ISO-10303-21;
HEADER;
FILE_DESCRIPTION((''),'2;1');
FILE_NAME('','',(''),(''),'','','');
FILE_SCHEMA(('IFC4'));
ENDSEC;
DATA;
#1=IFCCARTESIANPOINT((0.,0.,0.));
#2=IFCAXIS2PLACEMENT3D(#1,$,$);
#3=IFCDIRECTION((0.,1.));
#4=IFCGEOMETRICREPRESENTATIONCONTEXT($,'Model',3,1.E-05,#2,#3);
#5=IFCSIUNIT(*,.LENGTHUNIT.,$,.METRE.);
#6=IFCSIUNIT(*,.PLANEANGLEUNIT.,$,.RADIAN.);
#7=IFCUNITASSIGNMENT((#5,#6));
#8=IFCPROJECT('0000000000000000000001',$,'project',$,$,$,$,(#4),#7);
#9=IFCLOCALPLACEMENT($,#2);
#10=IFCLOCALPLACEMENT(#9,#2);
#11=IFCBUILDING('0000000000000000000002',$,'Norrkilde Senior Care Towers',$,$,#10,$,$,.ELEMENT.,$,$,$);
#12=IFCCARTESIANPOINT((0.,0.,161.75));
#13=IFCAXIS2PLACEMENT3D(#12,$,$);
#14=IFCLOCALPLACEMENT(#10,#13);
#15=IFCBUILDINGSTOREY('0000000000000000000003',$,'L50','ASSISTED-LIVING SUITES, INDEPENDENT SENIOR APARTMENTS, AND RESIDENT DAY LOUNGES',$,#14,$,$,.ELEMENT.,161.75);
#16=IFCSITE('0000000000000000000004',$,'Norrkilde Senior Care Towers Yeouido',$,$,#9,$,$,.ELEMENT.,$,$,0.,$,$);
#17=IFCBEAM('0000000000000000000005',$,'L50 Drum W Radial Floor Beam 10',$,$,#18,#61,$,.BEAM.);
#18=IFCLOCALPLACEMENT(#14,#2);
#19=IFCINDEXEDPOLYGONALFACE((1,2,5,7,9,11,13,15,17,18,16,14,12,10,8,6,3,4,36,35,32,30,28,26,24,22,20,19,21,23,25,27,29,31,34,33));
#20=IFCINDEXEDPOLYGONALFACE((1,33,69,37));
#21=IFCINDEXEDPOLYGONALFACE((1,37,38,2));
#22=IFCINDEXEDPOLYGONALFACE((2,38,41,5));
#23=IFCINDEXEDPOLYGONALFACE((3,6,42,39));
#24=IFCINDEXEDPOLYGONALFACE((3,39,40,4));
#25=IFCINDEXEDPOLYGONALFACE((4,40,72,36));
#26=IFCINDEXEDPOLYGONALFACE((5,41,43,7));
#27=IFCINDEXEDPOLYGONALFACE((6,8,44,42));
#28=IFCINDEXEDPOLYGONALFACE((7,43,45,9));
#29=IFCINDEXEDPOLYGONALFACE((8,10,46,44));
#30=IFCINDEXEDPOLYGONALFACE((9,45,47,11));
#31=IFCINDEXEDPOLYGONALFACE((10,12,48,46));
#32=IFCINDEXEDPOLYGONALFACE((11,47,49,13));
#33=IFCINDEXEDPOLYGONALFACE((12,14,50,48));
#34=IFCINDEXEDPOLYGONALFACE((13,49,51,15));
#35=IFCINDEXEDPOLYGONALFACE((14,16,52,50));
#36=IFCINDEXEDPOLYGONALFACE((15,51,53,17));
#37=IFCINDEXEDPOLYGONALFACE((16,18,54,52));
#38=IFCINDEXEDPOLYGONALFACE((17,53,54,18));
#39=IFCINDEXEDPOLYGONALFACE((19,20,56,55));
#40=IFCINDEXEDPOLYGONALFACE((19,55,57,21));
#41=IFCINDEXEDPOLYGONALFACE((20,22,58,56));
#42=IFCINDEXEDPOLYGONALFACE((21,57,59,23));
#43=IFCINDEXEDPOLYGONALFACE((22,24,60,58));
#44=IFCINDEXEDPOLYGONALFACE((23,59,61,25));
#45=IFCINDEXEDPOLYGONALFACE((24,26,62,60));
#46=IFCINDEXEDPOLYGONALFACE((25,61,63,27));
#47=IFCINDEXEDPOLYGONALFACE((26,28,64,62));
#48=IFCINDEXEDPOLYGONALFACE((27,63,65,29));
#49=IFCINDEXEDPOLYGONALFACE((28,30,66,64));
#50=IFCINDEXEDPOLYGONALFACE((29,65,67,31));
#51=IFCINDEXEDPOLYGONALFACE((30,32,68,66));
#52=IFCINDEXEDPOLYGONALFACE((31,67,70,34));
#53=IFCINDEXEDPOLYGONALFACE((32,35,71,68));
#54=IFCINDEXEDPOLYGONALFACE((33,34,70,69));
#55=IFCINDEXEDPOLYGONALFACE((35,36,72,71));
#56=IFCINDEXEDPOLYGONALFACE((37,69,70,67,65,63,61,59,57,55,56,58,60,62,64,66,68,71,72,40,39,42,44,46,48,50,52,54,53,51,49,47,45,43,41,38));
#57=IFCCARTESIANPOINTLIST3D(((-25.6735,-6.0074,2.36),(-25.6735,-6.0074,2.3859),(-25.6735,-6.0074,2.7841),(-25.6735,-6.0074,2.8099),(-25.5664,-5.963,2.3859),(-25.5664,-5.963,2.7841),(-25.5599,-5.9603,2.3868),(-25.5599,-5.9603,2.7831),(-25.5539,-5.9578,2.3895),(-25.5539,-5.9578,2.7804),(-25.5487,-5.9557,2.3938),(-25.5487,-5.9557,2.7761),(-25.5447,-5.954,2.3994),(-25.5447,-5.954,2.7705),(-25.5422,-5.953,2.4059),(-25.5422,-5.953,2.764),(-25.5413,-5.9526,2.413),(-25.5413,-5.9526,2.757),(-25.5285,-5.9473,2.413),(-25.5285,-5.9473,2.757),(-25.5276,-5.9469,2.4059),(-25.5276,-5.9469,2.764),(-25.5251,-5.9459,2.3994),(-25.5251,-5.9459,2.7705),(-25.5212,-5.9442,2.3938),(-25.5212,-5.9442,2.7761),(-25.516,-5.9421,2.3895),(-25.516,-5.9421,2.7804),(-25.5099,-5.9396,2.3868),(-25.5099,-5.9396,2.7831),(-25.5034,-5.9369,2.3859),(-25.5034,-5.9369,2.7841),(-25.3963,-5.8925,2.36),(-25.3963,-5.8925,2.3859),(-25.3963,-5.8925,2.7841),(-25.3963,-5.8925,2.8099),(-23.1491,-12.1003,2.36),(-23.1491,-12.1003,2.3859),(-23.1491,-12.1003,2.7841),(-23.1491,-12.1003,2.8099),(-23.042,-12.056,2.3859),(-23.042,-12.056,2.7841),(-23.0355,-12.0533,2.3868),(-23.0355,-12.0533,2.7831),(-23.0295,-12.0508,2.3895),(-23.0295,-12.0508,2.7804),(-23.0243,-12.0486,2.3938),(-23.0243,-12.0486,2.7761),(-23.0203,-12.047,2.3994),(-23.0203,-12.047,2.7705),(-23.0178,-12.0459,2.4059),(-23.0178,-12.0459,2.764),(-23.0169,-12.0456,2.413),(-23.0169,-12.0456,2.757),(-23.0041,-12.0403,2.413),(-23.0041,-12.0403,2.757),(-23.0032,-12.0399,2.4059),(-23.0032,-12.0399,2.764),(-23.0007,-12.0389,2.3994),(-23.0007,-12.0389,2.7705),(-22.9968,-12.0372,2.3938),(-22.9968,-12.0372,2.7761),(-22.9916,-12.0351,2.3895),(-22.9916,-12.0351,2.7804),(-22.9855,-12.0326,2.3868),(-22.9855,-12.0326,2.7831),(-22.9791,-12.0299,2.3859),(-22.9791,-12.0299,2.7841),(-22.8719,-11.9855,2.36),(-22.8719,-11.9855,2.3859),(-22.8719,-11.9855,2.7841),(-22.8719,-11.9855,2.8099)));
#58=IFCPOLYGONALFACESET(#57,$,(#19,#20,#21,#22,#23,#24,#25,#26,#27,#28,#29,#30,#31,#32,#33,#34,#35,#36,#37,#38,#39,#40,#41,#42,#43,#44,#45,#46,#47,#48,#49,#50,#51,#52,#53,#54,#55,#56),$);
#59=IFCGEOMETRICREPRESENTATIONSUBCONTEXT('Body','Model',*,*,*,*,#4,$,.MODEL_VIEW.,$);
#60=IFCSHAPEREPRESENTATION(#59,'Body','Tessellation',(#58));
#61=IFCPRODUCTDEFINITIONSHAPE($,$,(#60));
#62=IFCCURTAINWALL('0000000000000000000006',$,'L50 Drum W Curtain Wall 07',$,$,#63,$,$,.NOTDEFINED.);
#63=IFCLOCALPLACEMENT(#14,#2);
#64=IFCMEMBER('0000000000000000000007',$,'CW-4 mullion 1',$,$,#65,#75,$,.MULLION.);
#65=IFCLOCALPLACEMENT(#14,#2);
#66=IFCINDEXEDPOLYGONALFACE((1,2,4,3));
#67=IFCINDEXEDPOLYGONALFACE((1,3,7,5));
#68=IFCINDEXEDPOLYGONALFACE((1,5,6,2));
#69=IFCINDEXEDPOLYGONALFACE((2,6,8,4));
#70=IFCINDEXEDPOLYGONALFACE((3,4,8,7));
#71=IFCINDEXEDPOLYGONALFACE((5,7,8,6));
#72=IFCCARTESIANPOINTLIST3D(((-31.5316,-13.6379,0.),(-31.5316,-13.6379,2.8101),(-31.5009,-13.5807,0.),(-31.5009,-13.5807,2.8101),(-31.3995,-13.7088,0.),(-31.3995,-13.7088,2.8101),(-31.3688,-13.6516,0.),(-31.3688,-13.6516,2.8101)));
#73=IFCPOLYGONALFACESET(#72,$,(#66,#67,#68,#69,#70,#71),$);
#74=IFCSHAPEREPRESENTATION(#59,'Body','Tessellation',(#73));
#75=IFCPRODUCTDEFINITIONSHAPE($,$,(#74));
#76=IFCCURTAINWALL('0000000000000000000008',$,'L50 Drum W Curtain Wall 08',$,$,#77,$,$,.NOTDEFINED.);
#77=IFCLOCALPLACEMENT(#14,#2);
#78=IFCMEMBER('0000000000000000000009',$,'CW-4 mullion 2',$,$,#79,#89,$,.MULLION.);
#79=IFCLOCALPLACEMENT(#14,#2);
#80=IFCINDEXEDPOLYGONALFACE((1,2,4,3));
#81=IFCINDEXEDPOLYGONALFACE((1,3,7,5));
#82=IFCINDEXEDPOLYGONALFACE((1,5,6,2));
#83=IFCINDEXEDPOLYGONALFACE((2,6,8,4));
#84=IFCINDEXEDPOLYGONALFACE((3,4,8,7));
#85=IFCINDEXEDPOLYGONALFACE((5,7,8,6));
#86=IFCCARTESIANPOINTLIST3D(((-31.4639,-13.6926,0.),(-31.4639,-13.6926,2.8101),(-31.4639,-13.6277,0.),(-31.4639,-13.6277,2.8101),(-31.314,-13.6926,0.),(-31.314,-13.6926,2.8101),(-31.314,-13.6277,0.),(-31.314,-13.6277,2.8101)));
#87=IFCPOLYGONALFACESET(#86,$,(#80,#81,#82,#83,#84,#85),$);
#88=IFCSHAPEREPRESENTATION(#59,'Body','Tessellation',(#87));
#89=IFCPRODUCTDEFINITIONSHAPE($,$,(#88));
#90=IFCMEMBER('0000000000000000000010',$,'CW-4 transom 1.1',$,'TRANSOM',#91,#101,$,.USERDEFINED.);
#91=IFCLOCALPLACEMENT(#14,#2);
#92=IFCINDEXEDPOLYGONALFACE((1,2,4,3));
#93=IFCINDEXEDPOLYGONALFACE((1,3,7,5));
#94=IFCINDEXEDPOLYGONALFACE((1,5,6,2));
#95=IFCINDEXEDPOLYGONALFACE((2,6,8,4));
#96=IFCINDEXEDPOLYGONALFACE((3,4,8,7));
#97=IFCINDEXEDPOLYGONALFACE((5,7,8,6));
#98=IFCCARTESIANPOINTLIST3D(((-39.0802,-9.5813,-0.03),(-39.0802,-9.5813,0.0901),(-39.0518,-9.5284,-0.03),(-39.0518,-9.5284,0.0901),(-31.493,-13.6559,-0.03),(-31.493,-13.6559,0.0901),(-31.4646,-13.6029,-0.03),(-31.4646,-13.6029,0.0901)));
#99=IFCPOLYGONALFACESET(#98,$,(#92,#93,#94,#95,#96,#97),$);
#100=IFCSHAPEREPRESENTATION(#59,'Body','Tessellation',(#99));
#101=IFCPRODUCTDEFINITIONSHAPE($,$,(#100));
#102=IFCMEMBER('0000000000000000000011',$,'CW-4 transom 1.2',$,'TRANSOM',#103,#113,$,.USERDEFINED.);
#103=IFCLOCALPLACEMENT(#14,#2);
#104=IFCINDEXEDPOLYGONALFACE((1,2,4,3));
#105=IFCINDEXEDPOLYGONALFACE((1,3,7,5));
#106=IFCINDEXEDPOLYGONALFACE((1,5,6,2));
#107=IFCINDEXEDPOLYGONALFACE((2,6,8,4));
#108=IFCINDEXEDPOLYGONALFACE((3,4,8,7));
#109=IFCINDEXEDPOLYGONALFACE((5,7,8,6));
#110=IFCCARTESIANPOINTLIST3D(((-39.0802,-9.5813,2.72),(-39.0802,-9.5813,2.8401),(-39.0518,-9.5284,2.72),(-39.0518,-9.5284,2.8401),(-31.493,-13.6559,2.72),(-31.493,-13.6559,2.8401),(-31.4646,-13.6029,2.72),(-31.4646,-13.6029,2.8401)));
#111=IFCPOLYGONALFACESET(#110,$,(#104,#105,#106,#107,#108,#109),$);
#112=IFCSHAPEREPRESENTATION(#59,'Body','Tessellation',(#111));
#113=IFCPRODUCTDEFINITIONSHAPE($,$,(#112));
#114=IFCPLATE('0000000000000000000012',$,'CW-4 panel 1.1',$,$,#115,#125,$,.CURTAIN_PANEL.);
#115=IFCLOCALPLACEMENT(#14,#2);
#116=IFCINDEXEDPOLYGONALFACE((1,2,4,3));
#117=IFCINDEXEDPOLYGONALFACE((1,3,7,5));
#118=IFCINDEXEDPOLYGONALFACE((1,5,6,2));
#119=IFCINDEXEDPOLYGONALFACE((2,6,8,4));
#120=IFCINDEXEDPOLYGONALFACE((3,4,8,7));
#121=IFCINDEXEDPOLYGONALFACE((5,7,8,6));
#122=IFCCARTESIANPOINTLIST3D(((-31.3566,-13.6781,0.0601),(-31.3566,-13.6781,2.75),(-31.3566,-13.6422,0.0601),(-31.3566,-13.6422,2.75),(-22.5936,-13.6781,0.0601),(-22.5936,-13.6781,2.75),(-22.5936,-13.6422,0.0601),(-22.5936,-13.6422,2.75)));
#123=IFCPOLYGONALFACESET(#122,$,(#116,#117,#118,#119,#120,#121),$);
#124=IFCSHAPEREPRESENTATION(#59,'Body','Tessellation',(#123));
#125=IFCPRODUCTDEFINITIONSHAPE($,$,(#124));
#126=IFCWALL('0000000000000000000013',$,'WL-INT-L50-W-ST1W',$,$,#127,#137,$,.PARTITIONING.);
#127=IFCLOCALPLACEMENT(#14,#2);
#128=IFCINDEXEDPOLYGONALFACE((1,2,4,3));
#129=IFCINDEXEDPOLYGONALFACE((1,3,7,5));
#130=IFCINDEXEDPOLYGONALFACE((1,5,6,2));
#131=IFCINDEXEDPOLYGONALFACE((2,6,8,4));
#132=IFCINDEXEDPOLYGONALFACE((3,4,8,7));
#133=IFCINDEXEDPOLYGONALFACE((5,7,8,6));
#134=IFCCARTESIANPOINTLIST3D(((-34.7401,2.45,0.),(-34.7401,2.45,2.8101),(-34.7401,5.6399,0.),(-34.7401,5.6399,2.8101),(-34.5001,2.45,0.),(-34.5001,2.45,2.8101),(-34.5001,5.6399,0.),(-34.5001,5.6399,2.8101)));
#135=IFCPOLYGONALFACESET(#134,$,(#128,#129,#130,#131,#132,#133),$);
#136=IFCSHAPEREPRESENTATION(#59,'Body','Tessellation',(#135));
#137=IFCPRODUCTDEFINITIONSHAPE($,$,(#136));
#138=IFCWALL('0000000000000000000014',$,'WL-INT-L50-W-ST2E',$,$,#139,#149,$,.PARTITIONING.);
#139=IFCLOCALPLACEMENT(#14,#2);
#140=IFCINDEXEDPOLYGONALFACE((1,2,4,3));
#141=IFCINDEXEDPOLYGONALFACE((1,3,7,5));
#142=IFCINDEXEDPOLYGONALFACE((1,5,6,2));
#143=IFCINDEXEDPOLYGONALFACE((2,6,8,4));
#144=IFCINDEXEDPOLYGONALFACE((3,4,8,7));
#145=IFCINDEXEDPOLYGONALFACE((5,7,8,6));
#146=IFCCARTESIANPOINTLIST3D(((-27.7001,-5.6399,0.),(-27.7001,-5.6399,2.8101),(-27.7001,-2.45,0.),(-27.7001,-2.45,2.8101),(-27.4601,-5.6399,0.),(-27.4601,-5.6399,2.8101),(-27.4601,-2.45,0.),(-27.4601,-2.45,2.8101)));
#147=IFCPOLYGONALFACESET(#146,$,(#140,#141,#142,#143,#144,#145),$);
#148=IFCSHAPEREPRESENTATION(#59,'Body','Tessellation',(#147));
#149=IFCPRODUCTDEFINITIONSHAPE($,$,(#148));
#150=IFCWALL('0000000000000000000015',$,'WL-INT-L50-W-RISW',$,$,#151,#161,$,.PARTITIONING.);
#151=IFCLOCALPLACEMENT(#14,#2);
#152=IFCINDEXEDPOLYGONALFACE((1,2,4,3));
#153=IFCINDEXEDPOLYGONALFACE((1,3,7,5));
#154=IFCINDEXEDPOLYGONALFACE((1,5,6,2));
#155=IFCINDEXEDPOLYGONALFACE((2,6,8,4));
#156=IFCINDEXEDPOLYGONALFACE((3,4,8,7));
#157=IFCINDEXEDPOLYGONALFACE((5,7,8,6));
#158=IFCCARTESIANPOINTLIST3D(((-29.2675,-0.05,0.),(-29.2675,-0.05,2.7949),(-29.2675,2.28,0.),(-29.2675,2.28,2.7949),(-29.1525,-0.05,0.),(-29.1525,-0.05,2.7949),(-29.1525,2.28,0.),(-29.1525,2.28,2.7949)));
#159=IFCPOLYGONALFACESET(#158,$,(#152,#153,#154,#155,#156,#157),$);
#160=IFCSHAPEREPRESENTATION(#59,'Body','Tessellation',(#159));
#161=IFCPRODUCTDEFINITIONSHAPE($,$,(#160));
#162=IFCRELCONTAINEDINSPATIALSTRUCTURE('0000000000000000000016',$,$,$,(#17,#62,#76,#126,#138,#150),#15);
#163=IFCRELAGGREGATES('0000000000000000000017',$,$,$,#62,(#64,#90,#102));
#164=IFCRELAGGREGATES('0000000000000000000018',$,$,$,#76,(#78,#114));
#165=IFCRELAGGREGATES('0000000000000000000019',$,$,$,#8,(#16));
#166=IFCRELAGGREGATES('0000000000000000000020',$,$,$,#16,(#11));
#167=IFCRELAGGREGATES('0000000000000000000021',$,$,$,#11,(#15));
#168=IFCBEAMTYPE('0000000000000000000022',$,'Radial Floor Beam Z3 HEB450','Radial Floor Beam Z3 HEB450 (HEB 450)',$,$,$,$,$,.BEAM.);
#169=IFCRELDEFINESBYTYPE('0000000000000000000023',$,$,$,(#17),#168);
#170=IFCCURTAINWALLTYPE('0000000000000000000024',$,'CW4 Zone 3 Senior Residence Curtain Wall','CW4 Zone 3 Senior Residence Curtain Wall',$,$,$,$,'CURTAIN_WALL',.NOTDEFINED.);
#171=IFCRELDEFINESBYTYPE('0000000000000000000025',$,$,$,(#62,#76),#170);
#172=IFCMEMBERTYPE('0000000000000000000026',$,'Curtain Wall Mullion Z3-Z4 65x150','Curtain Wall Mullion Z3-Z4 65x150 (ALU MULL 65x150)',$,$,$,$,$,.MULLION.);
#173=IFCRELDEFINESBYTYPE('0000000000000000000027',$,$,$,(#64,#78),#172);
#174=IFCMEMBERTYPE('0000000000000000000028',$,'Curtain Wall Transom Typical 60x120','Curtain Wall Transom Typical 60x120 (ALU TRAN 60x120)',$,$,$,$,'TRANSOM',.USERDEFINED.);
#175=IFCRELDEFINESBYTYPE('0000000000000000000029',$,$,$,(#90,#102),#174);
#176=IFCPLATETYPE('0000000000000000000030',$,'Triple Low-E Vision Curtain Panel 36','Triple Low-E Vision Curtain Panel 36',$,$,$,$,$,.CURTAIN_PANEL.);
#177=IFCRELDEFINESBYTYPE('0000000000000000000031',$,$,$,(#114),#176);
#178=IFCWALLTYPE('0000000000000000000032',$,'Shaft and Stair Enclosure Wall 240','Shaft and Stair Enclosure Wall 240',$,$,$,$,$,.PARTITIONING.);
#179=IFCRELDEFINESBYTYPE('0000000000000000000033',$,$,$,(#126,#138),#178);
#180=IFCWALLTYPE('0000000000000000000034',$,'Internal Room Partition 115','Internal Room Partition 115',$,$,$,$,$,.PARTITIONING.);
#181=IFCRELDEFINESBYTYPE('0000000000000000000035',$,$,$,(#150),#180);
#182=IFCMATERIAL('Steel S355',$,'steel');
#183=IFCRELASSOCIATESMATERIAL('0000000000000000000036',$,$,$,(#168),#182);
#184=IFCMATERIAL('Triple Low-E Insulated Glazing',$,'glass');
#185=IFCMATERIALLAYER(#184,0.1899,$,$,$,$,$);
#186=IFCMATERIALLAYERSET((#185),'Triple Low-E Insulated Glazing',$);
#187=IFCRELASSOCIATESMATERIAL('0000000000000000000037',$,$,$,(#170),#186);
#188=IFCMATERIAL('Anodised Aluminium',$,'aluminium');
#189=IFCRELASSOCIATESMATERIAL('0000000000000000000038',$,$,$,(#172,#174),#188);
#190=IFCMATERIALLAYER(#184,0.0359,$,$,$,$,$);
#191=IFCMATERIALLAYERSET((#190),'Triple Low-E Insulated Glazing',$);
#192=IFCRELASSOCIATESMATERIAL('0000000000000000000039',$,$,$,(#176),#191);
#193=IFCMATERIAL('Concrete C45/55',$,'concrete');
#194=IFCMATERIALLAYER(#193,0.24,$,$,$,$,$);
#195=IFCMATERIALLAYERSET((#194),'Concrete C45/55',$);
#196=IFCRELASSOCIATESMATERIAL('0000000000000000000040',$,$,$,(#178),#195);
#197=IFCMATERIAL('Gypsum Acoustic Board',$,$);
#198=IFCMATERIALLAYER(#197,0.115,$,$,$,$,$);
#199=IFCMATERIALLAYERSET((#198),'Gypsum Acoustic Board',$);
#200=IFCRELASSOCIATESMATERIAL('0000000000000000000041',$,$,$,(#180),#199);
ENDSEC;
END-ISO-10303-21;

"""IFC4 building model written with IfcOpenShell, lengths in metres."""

from ifc_helpers import new_model, si_unit, direction, frame, frame_2d, origin, origin_2d, place, context, subcontext, project, spatial, rectangle, i_section, extrude, source, transform, mapped, material, layer, layer_set, material_profile, profile_set, type_object, type_shapes, element, aggregate, save


model = new_model("IFC4")

# Units and contexts
model_context = context("Model", 3, precision=1e-05, world=origin(), true_north=direction((0.0, 1.0)))
body_context = subcontext(model_context, "Body", "Model", "MODEL_VIEW")
ifc_project = project(units=[si_unit("LENGTHUNIT", "METRE"), si_unit("PLANEANGLEUNIT", "RADIAN")], contexts=[model_context])

# Site, building, storey
site_placement = place(None, origin())
site = spatial("IfcSite", under=ifc_project, at=site_placement, Name="Norrkilde Senior Care Towers Yeouido", CompositionType="ELEMENT", RefElevation=0.0)
building_placement = place(site_placement, origin())
building = spatial("IfcBuilding", under=site, at=building_placement, Name="Norrkilde Senior Care Towers", CompositionType="ELEMENT")
storey_placement = place(building_placement, frame((0.0, 0.0, 161.75)))
storey = spatial("IfcBuildingStorey", under=building, at=storey_placement, Name="L50", Description="ASSISTED-LIVING SUITES, INDEPENDENT SENIOR APARTMENTS, AND RESIDENT DAY LOUNGES", CompositionType="ELEMENT", Elevation=161.75)

# Beam
ifc_material_1 = material(Name="Steel S355", Category="steel")
ifc_material_profile_1 = material_profile(ifc_material_1, i_section(OverallWidth=0.3, OverallDepth=0.45, WebThickness=0.0139, FlangeThickness=0.0259, FilletRadius=0.0271, at=origin_2d()), Name="HEB 450")
ifc_profile_set_1 = profile_set([ifc_material_profile_1], Name="Steel S355")
beam_type_1 = type_object("IfcBeamType", Name="Radial Floor Beam Z3 HEB450", Description="Radial Floor Beam Z3 HEB450 (HEB 450)", PredefinedType="BEAM", material=ifc_profile_set_1)
shared_shape_1 = source(origin(), body_context, "Body", "SweptSolid", [
    extrude(i_section(OverallWidth=0.3, OverallDepth=0.45, WebThickness=0.0139, FlangeThickness=0.0259, FilletRadius=0.0271, at=origin_2d()), origin(), (0.0, 0.0, 1.0), 6.5952),
])
beam_1_placement = place(storey_placement, frame((-25.5349, -5.95, 2.585), z_axis=(0.382762, -0.923847, 0.0), x_axis=(0.923847, 0.382762, 0.0)))
element("IfcBeam", 1, at=beam_1_placement, inside=storey, type_object=beam_type_1, Name="L50 Drum W Radial Floor Beam 10", PredefinedType="BEAM", context=body_context, shape_type="MappedRepresentation", body=[
    mapped(shared_shape_1, transform((0.0, 0.0, 0.0), x_axis=(1.0, 0.0, 0.0), y_axis=(0.0, 1.0, 0.0), z_axis=(0.0, 0.0, 1.0), scale=1.0)),
])

# Curtain walls, members
ifc_material_2 = material(Name="Triple Low-E Insulated Glazing", Category="glass")
ifc_layer_1 = layer(ifc_material_2, 0.1899)
ifc_layer_set_1 = layer_set([ifc_layer_1], Name="Triple Low-E Insulated Glazing")
curtain_wall_type = type_object("IfcCurtainWallType", Name="CW4 Zone 3 Senior Residence Curtain Wall", Description="CW4 Zone 3 Senior Residence Curtain Wall", ElementType="CURTAIN_WALL", PredefinedType="NOTDEFINED", material=ifc_layer_set_1)
curtain_wall_1_placement = place(storey_placement, origin())
curtain_wall_1 = element("IfcCurtainWall", 2, at=curtain_wall_1_placement, inside=storey, type_object=curtain_wall_type, Name="L50 Drum W Curtain Wall 07", PredefinedType="NOTDEFINED")
ifc_material_3 = material(Name="Anodised Aluminium", Category="aluminium")
ifc_material_profile_2 = material_profile(ifc_material_3, rectangle(XDim=0.0649, YDim=0.1499, at=origin_2d()), Name="ALU MULL 65x150")
ifc_profile_set_2 = profile_set([ifc_material_profile_2], Name="Anodised Aluminium")
member_type_1 = type_object("IfcMemberType", Name="Curtain Wall Mullion Z3-Z4 65x150", Description="Curtain Wall Mullion Z3-Z4 65x150 (ALU MULL 65x150)", PredefinedType="MULLION", material=ifc_profile_set_2)
shared_shape_2 = source(origin(), body_context, "Body", "SweptSolid", [
    extrude(rectangle(XDim=0.0649, YDim=0.1499, at=origin_2d()), origin(), (0.0, 0.0, 1.0), 2.8101),
])
type_shapes(member_type_1, [shared_shape_2])
member_1_placement = place(storey_placement, frame((-31.4502, -13.6448, 0.0), z_axis=(0.0, 0.0, 1.0), x_axis=(-0.473117, -0.881, 0.0)))
member_1 = element("IfcMember", 3, at=member_1_placement, type_object=member_type_1, Name="CW-4 mullion 1", PredefinedType="MULLION", context=body_context, shape_type="MappedRepresentation", body=[
    mapped(shared_shape_2, transform((0.0, 0.0, 0.0), x_axis=(1.0, 0.0, 0.0), y_axis=(0.0, 1.0, 0.0), z_axis=(0.0, 0.0, 1.0), scale=1.0)),
])
curtain_wall_2_placement = place(storey_placement, origin())
curtain_wall_2 = element("IfcCurtainWall", 4, at=curtain_wall_2_placement, inside=storey, type_object=curtain_wall_type, Name="L50 Drum W Curtain Wall 08", PredefinedType="NOTDEFINED")
member_2_placement = place(storey_placement, frame((-31.3889, -13.6602, 0.0), z_axis=(0.0, 0.0, 1.0), x_axis=(0.0, -1.0, 0.0)))
member_2 = element("IfcMember", 5, at=member_2_placement, type_object=member_type_1, Name="CW-4 mullion 2", PredefinedType="MULLION", context=body_context, shape_type="MappedRepresentation", body=[
    mapped(shared_shape_2, transform((0.0, 0.0, 0.0), x_axis=(1.0, 0.0, 0.0), y_axis=(0.0, 1.0, 0.0), z_axis=(0.0, 0.0, 1.0), scale=1.0)),
])

# Members
ifc_material_profile_3 = material_profile(ifc_material_3, rectangle(XDim=0.0601, YDim=0.1201, at=origin_2d()), Name="ALU TRAN 60x120")
ifc_profile_set_3 = profile_set([ifc_material_profile_3], Name="Anodised Aluminium")
member_type_2 = type_object("IfcMemberType", Name="Curtain Wall Transom Typical 60x120", Description="Curtain Wall Transom Typical 60x120 (ALU TRAN 60x120)", ElementType="TRANSOM", PredefinedType="USERDEFINED", material=ifc_profile_set_3)
shared_shape_3 = source(origin(), body_context, "Body", "SweptSolid", [
    extrude(rectangle(XDim=0.0601, YDim=0.1201, at=origin_2d()), origin(), (0.0, 0.0, 1.0), 8.6121),
])
type_shapes(member_type_2, [shared_shape_3])
member_3_placement = place(storey_placement, frame((-31.4788, -13.6294, 0.03), z_axis=(-0.881, 0.473116, 0.0), x_axis=(-0.473116, -0.881, 0.0)))
member_3 = element("IfcMember", 6, at=member_3_placement, type_object=member_type_2, Name="CW-4 transom 1.1", ObjectType="TRANSOM", PredefinedType="USERDEFINED", context=body_context, shape_type="MappedRepresentation", body=[
    mapped(shared_shape_3, transform((0.0, 0.0, 0.0), x_axis=(1.0, 0.0, 0.0), y_axis=(0.0, 1.0, 0.0), z_axis=(0.0, 0.0, 1.0), scale=1.0)),
])
member_4_placement = place(storey_placement, frame((-31.4788, -13.6294, 2.78), z_axis=(-0.881, 0.473116, 0.0), x_axis=(-0.473116, -0.881, 0.0)))
member_4 = element("IfcMember", 7, at=member_4_placement, type_object=member_type_2, Name="CW-4 transom 1.2", ObjectType="TRANSOM", PredefinedType="USERDEFINED", context=body_context, shape_type="MappedRepresentation", body=[
    mapped(shared_shape_3, transform((0.0, 0.0, 0.0), x_axis=(1.0, 0.0, 0.0), y_axis=(0.0, 1.0, 0.0), z_axis=(0.0, 0.0, 1.0), scale=1.0)),
])
aggregate(curtain_wall_1, [member_1, member_3, member_4])

# Plate
ifc_layer_2 = layer(ifc_material_2, 0.0359)
ifc_layer_set_2 = layer_set([ifc_layer_2], Name="Triple Low-E Insulated Glazing")
plate_type = type_object("IfcPlateType", Name="Triple Low-E Vision Curtain Panel 36", Description="Triple Low-E Vision Curtain Panel 36", PredefinedType="CURTAIN_PANEL", material=ifc_layer_set_2)
shared_shape_4 = source(origin(), body_context, "Body", "SweptSolid", [
    extrude(rectangle(XDim=8.7629, YDim=0.0359, at=origin_2d()), origin(), (0.0, 0.0, 1.0), 2.6899),
])
type_shapes(plate_type, [shared_shape_4])
plate_placement = place(storey_placement, frame((-26.9751, -13.6602, 0.0601), z_axis=(0.0, 0.0, 1.0), x_axis=(-1.0, 0.0, 0.0)))
plate = element("IfcPlate", 8, at=plate_placement, type_object=plate_type, Name="CW-4 panel 1.1", PredefinedType="CURTAIN_PANEL", context=body_context, shape_type="MappedRepresentation", body=[
    mapped(shared_shape_4, transform((0.0, 0.0, 0.0), x_axis=(1.0, 0.0, 0.0), y_axis=(0.0, 1.0, 0.0), z_axis=(0.0, 0.0, 1.0), scale=1.0)),
])
aggregate(curtain_wall_2, [member_2, plate])

# Walls
ifc_material_4 = material(Name="Concrete C45/55", Category="concrete")
ifc_layer_3 = layer(ifc_material_4, 0.24)
ifc_layer_set_3 = layer_set([ifc_layer_3], Name="Concrete C45/55")
wall_type_1 = type_object("IfcWallType", Name="Shaft and Stair Enclosure Wall 240", Description="Shaft and Stair Enclosure Wall 240", PredefinedType="PARTITIONING", material=ifc_layer_set_3)
shared_shape_5 = source(origin(), body_context, "Body", "SweptSolid", [
    extrude(rectangle(XDim=3.1899, YDim=0.24, at=frame_2d((1.595, 0.0))), origin(), (0.0, 0.0, 1.0), 2.8101),
])
type_shapes(wall_type_1, [shared_shape_5])
for number, where, z_axis, x_axis, name in (
    (9, (-34.6201, 2.45, 0.0), (0.0, 0.0, 1.0), (0.0, 1.0, 0.0), "WL-INT-L50-W-ST1W"),
    (10, (-27.5801, -5.6399, 0.0), (0.0, 0.0, 1.0), (0.0, 1.0, 0.0), "WL-INT-L50-W-ST2E"),
):
    element("IfcWall", number, at=place(storey_placement, frame(where, z_axis=z_axis, x_axis=x_axis)), inside=storey, type_object=wall_type_1, Name=name, PredefinedType="PARTITIONING", context=body_context, shape_type="MappedRepresentation", body=[
        mapped(shared_shape_5, transform((0.0, 0.0, 0.0), x_axis=(1.0, 0.0, 0.0), y_axis=(0.0, 1.0, 0.0), z_axis=(0.0, 0.0, 1.0), scale=1.0)),
    ])

# Wall
ifc_material_5 = material(Name="Gypsum Acoustic Board")
ifc_layer_4 = layer(ifc_material_5, 0.115)
ifc_layer_set_4 = layer_set([ifc_layer_4], Name="Gypsum Acoustic Board")
wall_type_2 = type_object("IfcWallType", Name="Internal Room Partition 115", Description="Internal Room Partition 115", PredefinedType="PARTITIONING", material=ifc_layer_set_4)
shared_shape_6 = source(origin(), body_context, "Body", "SweptSolid", [
    extrude(rectangle(XDim=2.3301, YDim=0.115, at=frame_2d((1.165, 0.0))), origin(), (0.0, 0.0, 1.0), 2.7949),
])
type_shapes(wall_type_2, [shared_shape_6])
wall_1_placement = place(storey_placement, frame((-29.21, -0.05, 0.0), z_axis=(0.0, 0.0, 1.0), x_axis=(0.0, 1.0, 0.0)))
element("IfcWall", 11, at=wall_1_placement, inside=storey, type_object=wall_type_2, Name="WL-INT-L50-W-RISW", PredefinedType="PARTITIONING", context=body_context, shape_type="MappedRepresentation", body=[
    mapped(shared_shape_6, transform((0.0, 0.0, 0.0), x_axis=(1.0, 0.0, 0.0), y_axis=(0.0, 1.0, 0.0), z_axis=(0.0, 0.0, 1.0), scale=1.0)),
])

save(model, "model.ifc")
